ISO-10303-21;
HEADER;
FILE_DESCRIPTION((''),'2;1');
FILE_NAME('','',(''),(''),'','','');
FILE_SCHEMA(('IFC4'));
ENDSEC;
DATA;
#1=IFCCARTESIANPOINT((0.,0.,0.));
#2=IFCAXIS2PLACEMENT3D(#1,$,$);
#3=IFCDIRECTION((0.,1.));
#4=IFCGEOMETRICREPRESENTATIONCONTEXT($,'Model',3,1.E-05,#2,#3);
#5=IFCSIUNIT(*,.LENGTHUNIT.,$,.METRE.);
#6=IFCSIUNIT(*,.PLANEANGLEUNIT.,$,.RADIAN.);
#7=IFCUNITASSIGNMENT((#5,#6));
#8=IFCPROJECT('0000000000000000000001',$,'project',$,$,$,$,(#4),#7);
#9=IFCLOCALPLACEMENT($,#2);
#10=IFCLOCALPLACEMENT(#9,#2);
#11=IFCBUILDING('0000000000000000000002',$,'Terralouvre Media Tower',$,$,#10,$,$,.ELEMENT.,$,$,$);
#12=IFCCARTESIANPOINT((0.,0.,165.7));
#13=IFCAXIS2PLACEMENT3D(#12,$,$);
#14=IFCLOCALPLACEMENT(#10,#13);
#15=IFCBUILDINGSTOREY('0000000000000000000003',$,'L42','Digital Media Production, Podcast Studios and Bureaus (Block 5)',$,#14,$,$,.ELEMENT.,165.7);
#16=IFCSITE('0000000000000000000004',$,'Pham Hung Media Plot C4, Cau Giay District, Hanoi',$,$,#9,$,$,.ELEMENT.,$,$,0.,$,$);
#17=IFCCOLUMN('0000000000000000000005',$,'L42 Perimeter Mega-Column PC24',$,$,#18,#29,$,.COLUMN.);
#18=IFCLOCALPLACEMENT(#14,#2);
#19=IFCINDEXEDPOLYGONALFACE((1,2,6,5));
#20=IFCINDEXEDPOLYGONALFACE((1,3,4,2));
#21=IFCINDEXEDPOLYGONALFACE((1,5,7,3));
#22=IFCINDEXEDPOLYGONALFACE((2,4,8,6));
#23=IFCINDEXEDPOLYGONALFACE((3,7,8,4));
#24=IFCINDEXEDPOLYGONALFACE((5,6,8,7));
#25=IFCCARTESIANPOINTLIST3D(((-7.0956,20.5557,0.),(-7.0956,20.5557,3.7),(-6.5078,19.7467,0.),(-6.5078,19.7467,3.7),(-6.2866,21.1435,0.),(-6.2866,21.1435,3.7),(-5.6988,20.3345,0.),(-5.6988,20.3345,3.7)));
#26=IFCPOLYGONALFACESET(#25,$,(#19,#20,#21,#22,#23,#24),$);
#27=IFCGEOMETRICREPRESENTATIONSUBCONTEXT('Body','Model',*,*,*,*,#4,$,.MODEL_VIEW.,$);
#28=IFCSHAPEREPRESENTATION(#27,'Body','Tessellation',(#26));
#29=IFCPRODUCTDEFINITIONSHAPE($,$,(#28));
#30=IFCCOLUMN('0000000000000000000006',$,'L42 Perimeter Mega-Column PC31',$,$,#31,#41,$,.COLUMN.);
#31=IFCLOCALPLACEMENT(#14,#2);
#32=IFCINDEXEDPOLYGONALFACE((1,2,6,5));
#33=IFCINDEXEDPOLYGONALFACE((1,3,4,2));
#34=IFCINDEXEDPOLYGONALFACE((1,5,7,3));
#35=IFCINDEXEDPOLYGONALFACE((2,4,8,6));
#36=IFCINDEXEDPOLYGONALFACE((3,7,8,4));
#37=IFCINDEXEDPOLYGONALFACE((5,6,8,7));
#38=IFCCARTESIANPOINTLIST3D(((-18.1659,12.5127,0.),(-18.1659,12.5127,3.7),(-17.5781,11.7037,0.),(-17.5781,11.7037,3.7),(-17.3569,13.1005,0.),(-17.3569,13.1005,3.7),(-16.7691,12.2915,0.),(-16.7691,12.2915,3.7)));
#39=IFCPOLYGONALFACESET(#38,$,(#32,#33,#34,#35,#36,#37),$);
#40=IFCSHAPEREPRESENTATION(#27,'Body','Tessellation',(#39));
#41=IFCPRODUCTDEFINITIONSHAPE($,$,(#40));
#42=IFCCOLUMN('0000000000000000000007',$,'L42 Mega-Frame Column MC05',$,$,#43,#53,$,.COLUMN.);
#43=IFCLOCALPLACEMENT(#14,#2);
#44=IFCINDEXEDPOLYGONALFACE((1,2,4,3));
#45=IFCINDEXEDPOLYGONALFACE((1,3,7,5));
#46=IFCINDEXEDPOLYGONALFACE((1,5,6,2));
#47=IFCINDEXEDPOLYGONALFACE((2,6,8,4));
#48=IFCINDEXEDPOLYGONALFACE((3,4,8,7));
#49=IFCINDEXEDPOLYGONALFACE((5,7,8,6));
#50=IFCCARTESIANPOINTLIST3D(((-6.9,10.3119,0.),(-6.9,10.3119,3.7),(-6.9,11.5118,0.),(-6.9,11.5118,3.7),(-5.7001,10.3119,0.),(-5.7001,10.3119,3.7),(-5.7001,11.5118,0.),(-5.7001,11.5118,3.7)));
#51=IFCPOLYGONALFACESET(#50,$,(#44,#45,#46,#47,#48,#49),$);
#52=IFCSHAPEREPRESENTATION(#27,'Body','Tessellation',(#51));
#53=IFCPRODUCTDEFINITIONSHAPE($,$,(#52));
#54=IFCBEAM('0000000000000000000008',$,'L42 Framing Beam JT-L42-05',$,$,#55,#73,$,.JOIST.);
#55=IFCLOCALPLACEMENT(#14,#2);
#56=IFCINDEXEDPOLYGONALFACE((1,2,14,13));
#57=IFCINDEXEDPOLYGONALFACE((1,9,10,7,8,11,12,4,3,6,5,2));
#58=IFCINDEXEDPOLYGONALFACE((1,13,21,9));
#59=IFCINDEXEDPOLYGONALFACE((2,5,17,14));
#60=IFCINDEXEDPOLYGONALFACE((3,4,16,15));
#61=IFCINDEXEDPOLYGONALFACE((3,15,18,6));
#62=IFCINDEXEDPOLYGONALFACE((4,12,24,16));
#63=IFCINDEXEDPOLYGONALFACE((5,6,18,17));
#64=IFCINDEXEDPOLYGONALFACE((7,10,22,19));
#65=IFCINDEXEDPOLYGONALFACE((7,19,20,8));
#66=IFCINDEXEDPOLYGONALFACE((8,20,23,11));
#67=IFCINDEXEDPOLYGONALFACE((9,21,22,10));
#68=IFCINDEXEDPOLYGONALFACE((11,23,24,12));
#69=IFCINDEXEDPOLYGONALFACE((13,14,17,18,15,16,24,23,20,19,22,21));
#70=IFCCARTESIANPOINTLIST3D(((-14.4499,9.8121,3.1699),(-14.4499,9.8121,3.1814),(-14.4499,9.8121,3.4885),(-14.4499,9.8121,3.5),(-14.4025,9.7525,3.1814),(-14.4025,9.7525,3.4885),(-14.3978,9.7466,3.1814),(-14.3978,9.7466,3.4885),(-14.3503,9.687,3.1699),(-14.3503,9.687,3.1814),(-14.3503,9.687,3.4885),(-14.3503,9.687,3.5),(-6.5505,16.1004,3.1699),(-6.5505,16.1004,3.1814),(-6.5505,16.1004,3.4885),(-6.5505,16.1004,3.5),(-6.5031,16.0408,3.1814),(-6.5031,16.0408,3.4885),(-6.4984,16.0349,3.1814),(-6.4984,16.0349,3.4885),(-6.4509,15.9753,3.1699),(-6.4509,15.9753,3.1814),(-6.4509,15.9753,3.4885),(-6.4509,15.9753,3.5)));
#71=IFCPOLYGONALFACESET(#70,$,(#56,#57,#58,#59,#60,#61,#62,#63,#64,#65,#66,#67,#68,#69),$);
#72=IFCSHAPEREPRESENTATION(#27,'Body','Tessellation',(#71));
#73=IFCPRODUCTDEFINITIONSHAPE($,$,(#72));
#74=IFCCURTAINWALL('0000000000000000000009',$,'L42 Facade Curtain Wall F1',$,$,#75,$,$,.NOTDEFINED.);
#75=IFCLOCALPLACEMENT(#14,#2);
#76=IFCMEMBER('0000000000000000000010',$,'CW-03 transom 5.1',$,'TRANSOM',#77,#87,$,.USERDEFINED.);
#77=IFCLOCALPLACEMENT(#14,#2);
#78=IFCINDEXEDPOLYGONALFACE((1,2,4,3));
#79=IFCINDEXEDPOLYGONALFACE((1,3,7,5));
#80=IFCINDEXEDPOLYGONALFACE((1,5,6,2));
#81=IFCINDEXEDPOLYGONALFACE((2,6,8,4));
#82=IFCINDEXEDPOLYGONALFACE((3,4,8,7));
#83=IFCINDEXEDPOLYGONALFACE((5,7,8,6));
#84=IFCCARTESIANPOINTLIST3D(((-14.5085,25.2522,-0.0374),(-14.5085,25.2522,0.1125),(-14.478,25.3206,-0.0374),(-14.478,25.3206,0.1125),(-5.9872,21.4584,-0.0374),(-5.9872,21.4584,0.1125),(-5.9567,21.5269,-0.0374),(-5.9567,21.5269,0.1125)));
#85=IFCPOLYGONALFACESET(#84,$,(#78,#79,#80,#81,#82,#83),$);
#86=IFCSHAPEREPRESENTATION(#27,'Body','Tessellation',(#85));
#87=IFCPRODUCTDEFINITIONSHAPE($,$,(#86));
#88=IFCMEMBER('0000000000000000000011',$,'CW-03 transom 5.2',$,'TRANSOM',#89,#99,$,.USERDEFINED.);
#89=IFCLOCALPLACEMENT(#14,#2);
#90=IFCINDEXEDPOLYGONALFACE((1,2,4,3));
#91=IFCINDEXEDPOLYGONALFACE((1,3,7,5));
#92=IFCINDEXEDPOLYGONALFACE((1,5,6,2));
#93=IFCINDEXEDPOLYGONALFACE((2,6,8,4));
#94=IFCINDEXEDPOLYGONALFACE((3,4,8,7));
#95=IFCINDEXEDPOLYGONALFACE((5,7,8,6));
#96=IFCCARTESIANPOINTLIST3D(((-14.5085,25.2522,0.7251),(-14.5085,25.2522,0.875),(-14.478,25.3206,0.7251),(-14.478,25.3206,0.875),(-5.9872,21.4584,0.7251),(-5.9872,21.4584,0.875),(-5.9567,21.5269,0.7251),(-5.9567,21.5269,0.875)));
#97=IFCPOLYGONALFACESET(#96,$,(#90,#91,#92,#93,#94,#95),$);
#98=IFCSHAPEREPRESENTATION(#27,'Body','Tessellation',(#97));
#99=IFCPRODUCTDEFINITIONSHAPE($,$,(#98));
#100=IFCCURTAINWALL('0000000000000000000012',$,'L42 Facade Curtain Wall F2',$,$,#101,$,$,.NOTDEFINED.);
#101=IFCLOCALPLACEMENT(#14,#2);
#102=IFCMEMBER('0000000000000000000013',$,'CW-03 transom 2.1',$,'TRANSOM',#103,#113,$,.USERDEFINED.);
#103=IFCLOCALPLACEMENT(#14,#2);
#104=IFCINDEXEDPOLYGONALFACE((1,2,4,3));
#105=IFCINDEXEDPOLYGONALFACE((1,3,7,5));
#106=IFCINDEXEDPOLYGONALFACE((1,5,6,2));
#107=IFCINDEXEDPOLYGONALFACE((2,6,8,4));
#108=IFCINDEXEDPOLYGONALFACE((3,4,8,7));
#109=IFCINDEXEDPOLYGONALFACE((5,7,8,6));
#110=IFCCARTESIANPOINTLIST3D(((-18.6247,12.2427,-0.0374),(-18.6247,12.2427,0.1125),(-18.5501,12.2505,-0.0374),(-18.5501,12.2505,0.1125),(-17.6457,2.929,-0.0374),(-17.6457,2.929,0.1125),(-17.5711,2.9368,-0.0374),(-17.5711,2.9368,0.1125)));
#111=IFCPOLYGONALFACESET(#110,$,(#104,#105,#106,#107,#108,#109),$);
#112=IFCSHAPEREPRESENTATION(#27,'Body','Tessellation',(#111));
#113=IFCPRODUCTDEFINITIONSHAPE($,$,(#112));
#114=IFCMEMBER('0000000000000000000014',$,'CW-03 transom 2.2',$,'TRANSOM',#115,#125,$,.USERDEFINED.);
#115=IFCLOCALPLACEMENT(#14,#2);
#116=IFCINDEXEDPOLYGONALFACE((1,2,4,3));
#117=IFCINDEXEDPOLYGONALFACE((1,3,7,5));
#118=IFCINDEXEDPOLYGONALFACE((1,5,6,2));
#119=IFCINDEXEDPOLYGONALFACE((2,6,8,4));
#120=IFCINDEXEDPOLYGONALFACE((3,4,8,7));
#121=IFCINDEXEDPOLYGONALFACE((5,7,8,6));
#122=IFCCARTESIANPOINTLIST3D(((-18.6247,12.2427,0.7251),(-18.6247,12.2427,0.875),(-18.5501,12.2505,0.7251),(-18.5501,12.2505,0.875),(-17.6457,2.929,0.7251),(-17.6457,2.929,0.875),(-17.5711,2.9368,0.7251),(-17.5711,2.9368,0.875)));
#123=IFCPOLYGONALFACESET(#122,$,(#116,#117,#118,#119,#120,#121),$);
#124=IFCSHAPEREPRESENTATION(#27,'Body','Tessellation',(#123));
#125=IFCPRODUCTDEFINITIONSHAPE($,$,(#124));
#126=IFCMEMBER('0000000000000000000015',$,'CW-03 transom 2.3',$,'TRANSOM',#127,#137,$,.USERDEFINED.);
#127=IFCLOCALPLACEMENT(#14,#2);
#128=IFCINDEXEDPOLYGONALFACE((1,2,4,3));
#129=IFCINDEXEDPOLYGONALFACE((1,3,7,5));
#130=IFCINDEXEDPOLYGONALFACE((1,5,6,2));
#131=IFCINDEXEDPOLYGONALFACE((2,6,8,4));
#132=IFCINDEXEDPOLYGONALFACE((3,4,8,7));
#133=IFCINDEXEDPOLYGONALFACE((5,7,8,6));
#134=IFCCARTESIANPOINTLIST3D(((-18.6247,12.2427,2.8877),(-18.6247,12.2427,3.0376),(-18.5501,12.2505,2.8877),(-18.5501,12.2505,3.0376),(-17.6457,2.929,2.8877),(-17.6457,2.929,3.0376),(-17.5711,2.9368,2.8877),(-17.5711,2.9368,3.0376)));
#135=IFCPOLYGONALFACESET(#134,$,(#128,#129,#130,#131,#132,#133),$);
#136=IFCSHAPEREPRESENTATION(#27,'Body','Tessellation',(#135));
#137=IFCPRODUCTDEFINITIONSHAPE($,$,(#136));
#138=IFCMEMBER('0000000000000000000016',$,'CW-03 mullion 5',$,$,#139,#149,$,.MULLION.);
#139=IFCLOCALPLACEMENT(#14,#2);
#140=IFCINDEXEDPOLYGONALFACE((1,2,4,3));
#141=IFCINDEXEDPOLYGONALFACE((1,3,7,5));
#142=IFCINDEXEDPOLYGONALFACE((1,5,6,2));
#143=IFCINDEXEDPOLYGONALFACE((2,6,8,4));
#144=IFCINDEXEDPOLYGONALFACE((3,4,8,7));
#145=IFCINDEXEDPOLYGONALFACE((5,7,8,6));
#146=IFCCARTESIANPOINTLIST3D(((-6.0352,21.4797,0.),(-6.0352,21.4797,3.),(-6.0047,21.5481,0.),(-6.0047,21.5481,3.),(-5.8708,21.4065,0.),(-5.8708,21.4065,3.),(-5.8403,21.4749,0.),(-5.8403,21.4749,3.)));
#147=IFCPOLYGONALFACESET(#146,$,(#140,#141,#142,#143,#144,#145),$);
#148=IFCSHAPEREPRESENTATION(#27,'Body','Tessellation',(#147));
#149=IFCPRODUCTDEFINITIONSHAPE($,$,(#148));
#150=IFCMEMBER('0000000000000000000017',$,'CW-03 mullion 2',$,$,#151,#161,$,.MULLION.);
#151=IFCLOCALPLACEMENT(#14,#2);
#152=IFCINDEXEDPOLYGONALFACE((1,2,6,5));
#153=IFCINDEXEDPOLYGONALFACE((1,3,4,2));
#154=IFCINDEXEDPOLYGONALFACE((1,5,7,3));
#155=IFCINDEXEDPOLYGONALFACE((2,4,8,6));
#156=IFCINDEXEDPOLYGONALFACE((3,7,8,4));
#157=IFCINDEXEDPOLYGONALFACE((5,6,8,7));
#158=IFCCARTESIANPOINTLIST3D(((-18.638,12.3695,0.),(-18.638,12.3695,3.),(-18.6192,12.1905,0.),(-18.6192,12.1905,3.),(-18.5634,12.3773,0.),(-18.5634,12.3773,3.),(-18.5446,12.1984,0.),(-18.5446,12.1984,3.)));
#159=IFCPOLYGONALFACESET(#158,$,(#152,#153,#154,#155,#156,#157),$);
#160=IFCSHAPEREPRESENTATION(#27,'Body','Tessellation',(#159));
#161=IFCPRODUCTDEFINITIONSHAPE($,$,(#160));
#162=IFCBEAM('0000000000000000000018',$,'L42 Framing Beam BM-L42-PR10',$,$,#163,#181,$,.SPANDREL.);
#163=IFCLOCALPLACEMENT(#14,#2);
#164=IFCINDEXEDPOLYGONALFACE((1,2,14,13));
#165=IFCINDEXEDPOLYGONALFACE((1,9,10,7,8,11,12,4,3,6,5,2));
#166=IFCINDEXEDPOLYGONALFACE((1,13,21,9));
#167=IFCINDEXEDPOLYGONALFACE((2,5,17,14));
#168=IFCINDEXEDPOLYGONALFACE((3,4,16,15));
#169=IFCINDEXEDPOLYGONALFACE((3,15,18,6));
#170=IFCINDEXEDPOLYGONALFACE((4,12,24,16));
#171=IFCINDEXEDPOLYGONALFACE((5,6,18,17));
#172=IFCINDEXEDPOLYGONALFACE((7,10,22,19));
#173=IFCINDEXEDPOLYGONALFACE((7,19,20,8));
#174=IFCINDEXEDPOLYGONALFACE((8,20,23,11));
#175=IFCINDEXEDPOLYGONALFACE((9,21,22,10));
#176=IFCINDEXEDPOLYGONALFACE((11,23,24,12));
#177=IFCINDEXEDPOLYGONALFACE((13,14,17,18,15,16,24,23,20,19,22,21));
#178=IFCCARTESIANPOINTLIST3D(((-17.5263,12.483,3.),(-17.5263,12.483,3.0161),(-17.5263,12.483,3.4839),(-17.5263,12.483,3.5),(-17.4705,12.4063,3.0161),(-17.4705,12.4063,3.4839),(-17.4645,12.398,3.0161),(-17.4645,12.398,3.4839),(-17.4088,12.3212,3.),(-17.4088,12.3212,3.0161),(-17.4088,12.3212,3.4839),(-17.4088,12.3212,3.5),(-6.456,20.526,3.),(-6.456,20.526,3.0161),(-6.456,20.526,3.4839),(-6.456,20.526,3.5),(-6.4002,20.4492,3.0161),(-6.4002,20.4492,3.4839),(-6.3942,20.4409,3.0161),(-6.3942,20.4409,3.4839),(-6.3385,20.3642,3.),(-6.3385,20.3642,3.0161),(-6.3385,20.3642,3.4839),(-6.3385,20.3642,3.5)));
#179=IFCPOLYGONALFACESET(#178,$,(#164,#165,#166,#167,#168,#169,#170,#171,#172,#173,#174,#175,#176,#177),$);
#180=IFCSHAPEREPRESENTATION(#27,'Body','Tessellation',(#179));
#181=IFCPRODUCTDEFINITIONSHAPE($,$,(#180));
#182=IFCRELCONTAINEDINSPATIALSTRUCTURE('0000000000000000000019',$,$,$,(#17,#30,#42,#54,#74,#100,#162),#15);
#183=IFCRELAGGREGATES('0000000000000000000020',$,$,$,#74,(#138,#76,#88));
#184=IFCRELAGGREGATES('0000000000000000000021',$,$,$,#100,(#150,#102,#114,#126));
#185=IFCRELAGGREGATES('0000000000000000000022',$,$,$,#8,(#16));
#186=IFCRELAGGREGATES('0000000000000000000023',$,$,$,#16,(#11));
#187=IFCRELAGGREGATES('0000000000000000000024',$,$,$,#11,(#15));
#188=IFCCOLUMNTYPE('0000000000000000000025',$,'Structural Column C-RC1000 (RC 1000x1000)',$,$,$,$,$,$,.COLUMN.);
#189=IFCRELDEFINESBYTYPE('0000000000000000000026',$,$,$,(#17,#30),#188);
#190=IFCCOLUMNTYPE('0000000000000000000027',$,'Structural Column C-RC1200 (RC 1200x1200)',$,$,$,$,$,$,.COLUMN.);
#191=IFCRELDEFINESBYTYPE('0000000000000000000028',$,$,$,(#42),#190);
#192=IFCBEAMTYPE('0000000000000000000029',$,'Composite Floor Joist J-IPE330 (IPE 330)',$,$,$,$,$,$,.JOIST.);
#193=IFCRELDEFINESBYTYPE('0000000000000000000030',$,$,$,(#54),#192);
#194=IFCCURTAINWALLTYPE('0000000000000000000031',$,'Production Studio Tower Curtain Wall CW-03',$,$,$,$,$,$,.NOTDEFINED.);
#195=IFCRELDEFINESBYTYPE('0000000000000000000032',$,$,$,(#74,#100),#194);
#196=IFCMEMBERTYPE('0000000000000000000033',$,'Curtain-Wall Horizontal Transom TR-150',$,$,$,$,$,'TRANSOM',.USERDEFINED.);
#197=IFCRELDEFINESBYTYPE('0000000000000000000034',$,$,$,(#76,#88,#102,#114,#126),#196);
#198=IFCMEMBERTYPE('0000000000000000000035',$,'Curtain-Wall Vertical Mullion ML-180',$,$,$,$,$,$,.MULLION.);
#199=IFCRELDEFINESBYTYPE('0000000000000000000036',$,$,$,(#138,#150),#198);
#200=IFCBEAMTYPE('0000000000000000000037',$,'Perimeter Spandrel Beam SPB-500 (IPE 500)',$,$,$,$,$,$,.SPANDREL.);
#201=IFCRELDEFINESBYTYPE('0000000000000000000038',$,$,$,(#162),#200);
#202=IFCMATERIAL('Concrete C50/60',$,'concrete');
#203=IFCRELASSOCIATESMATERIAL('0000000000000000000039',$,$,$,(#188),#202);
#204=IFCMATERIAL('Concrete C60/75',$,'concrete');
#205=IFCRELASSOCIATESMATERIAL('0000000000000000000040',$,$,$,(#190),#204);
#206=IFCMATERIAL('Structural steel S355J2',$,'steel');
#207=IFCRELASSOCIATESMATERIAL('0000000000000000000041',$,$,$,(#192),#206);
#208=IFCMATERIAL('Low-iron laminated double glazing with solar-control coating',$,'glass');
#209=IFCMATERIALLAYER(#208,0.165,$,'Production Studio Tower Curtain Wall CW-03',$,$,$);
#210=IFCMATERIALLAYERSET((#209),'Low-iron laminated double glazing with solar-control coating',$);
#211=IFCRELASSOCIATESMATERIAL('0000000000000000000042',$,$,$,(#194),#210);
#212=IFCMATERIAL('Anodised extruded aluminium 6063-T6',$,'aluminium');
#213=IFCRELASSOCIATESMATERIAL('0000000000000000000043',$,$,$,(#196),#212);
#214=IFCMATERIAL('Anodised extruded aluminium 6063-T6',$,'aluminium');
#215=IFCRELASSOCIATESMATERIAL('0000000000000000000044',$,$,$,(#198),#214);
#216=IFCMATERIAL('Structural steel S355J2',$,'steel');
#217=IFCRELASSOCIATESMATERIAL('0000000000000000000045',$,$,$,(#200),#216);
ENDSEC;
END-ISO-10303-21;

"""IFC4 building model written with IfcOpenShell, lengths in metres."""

from ifc_helpers import new_model, si_unit, direction, frame, origin, origin_2d, place, context, subcontext, project, spatial, rectangle, i_section, extrude, material, layer, layer_set, material_profile, profile_set, type_object, element, aggregate, save


model = new_model("IFC4")

# Units and contexts
model_context = context("Model", 3, precision=1e-05, world=origin(), true_north=direction((0.0, 1.0)))
body_context = subcontext(model_context, "Body", "Model", "MODEL_VIEW")
ifc_project = project(units=[si_unit("LENGTHUNIT", "METRE"), si_unit("PLANEANGLEUNIT", "RADIAN")], contexts=[model_context])

# Site, building, storey
site_placement = place(None, origin())
site = spatial("IfcSite", under=ifc_project, at=site_placement, Name="Pham Hung Media Plot C4, Cau Giay District, Hanoi", CompositionType="ELEMENT", RefElevation=0.0)
building_placement = place(site_placement, origin())
building = spatial("IfcBuilding", under=site, at=building_placement, Name="Terralouvre Media Tower", CompositionType="ELEMENT")
storey_placement = place(building_placement, frame((0.0, 0.0, 165.7)))
storey = spatial("IfcBuildingStorey", under=building, at=storey_placement, Name="L42", Description="Digital Media Production, Podcast Studios and Bureaus (Block 5)", CompositionType="ELEMENT", Elevation=165.7)

# Columns
ifc_material_1 = material(Name="Concrete C50/60", Category="concrete")
ifc_material_profile_1 = material_profile(ifc_material_1, rectangle(XDim=1.0, YDim=1.0, at=origin_2d()), Name="RC 1000x1000")
ifc_profile_set_1 = profile_set([ifc_material_profile_1], Name="Concrete C50/60")
column_type_1 = type_object("IfcColumnType", Name="Structural Column C-RC1000 (RC 1000x1000)", PredefinedType="COLUMN", material=ifc_profile_set_1)
for number, where, z_axis, x_axis, name in (
    (1, (-6.3972, 20.4451, 0.0), (0.0, 0.0, 1.0), (0.809017, 0.587785, 0.0), "L42 Perimeter Mega-Column PC24"),
    (2, (-17.4675, 12.4021, 0.0), (0.0, 0.0, 1.0), (0.809017, 0.587785, 0.0), "L42 Perimeter Mega-Column PC31"),
):
    element("IfcColumn", number, at=place(storey_placement, frame(where, z_axis=z_axis, x_axis=x_axis)), inside=storey, type_object=column_type_1, Name=name, PredefinedType="COLUMN", context=body_context, shape_type="SweptSolid", body=[
        extrude(rectangle(XDim=1.0, YDim=1.0, at=origin_2d()), origin(), (0.0, 0.0, 1.0), 3.7),
    ])
ifc_material_2 = material(Name="Concrete C60/75", Category="concrete")
ifc_material_profile_2 = material_profile(ifc_material_2, rectangle(XDim=1.2, YDim=1.2, at=origin_2d()), Name="RC 1200x1200")
ifc_profile_set_2 = profile_set([ifc_material_profile_2], Name="Concrete C60/75")
column_type_2 = type_object("IfcColumnType", Name="Structural Column C-RC1200 (RC 1200x1200)", PredefinedType="COLUMN", material=ifc_profile_set_2)
column_placement = place(storey_placement, frame((-6.3, 10.9119, 0.0), z_axis=(0.0, 0.0, 1.0), x_axis=(1.0, 0.0, 0.0)))
element("IfcColumn", 3, at=column_placement, inside=storey, type_object=column_type_2, Name="L42 Mega-Frame Column MC05", PredefinedType="COLUMN", context=body_context, shape_type="SweptSolid", body=[
    extrude(rectangle(XDim=1.2, YDim=1.2, at=origin_2d()), origin(), (0.0, 0.0, 1.0), 3.7),
])

# Beam
ifc_material_3 = material(Name="Structural steel S355J2", Category="steel")
ifc_material_profile_3 = material_profile(ifc_material_3, i_section(OverallWidth=0.1599, OverallDepth=0.3301, WebThickness=0.0076, FlangeThickness=0.0115, at=origin_2d()), Name="IPE 330")
ifc_profile_set_3 = profile_set([ifc_material_profile_3], Name="Structural steel S355J2")
beam_type_1 = type_object("IfcBeamType", Name="Composite Floor Joist J-IPE330 (IPE 330)", PredefinedType="JOIST", material=ifc_profile_set_3)
beam_1_placement = place(storey_placement, frame((-6.5007, 16.0378, 3.335), z_axis=(-0.782374, -0.622809, 0.0), x_axis=(0.622809, -0.782374, 0.0)))
element("IfcBeam", 4, at=beam_1_placement, inside=storey, type_object=beam_type_1, Name="L42 Framing Beam JT-L42-05", PredefinedType="JOIST", context=body_context, shape_type="SweptSolid", body=[
    extrude(i_section(OverallWidth=0.1599, OverallDepth=0.3301, WebThickness=0.0076, FlangeThickness=0.0115, at=origin_2d()), origin(), (0.0, 0.0, 1.0), 10.0967),
])

# Curtain walls, members
ifc_material_4 = material(Name="Low-iron laminated double glazing with solar-control coating", Category="glass")
ifc_layer_1 = layer(ifc_material_4, 0.165, Name="Production Studio Tower Curtain Wall CW-03")
ifc_layer_set_1 = layer_set([ifc_layer_1], Name="Low-iron laminated double glazing with solar-control coating")
curtain_wall_type = type_object("IfcCurtainWallType", Name="Production Studio Tower Curtain Wall CW-03", PredefinedType="NOTDEFINED", material=ifc_layer_set_1)
curtain_wall_1_placement = place(storey_placement, origin())
curtain_wall_1 = element("IfcCurtainWall", 5, at=curtain_wall_1_placement, inside=storey, type_object=curtain_wall_type, Name="L42 Facade Curtain Wall F1", PredefinedType="NOTDEFINED")
ifc_material_5 = material(Name="Anodised extruded aluminium 6063-T6", Category="aluminium")
ifc_material_profile_4 = material_profile(ifc_material_5, rectangle(XDim=0.075, YDim=0.1499, at=origin_2d()), Name="ALU 75x150")
ifc_profile_set_4 = profile_set([ifc_material_profile_4], Name="Anodised extruded aluminium 6063-T6")
member_type_1 = type_object("IfcMemberType", Name="Curtain-Wall Horizontal Transom TR-150", ElementType="TRANSOM", PredefinedType="USERDEFINED", material=ifc_profile_set_4)
member_1_placement = place(storey_placement, frame((-5.9719, 21.4927, 0.0376), z_axis=(-0.913553, 0.406719, 0.0), x_axis=(-0.406719, -0.913553, 0.0)))
member_1 = element("IfcMember", 6, at=member_1_placement, type_object=member_type_1, Name="CW-03 transom 5.1", ObjectType="TRANSOM", PredefinedType="USERDEFINED", context=body_context, shape_type="SweptSolid", body=[
    extrude(rectangle(XDim=0.075, YDim=0.1499, at=origin_2d()), origin(), (0.0, 0.0, 1.0), 9.3276),
])
member_2_placement = place(storey_placement, frame((-5.9719, 21.4927, 0.8), z_axis=(-0.913553, 0.406719, 0.0), x_axis=(-0.406719, -0.913553, 0.0)))
member_2 = element("IfcMember", 7, at=member_2_placement, type_object=member_type_1, Name="CW-03 transom 5.2", ObjectType="TRANSOM", PredefinedType="USERDEFINED", context=body_context, shape_type="SweptSolid", body=[
    extrude(rectangle(XDim=0.075, YDim=0.1499, at=origin_2d()), origin(), (0.0, 0.0, 1.0), 9.3276),
])
curtain_wall_2_placement = place(storey_placement, origin())
curtain_wall_2 = element("IfcCurtainWall", 8, at=curtain_wall_2_placement, inside=storey, type_object=curtain_wall_type, Name="L42 Facade Curtain Wall F2", PredefinedType="NOTDEFINED")
member_3_placement = place(storey_placement, frame((-18.5874, 12.2466, 0.0376), z_axis=(0.104538, -0.994521, 0.0), x_axis=(0.994521, 0.104538, 0.0)))
member_3 = element("IfcMember", 9, at=member_3_placement, type_object=member_type_1, Name="CW-03 transom 2.1", ObjectType="TRANSOM", PredefinedType="USERDEFINED", context=body_context, shape_type="SweptSolid", body=[
    extrude(rectangle(XDim=0.075, YDim=0.1499, at=origin_2d()), origin(), (0.0, 0.0, 1.0), 9.365),
])
member_4_placement = place(storey_placement, frame((-18.5874, 12.2466, 0.8), z_axis=(0.104538, -0.994521, 0.0), x_axis=(0.994521, 0.104538, 0.0)))
member_4 = element("IfcMember", 10, at=member_4_placement, type_object=member_type_1, Name="CW-03 transom 2.2", ObjectType="TRANSOM", PredefinedType="USERDEFINED", context=body_context, shape_type="SweptSolid", body=[
    extrude(rectangle(XDim=0.075, YDim=0.1499, at=origin_2d()), origin(), (0.0, 0.0, 1.0), 9.365),
])
member_5_placement = place(storey_placement, frame((-18.5874, 12.2466, 2.9626), z_axis=(0.104538, -0.994521, 0.0), x_axis=(0.994521, 0.104538, 0.0)))
member_5 = element("IfcMember", 11, at=member_5_placement, type_object=member_type_1, Name="CW-03 transom 2.3", ObjectType="TRANSOM", PredefinedType="USERDEFINED", context=body_context, shape_type="SweptSolid", body=[
    extrude(rectangle(XDim=0.075, YDim=0.1499, at=origin_2d()), origin(), (0.0, 0.0, 1.0), 9.365),
])

# Members
ifc_material_6 = material(Name="Anodised extruded aluminium 6063-T6", Category="aluminium")
ifc_material_profile_5 = material_profile(ifc_material_6, rectangle(XDim=0.075, YDim=0.1799, at=origin_2d()), Name="ALU 75x180")
ifc_profile_set_5 = profile_set([ifc_material_profile_5], Name="Anodised extruded aluminium 6063-T6")
member_type_2 = type_object("IfcMemberType", Name="Curtain-Wall Vertical Mullion ML-180", PredefinedType="MULLION", material=ifc_profile_set_5)
member_6_placement = place(storey_placement, frame((-5.9377, 21.4773, 0.0), z_axis=(0.0, 0.0, 1.0), x_axis=(-0.406737, -0.913545, 0.0)))
member_6 = element("IfcMember", 12, at=member_6_placement, type_object=member_type_2, Name="CW-03 mullion 5", PredefinedType="MULLION", context=body_context, shape_type="SweptSolid", body=[
    extrude(rectangle(XDim=0.075, YDim=0.1799, at=origin_2d()), origin(), (0.0, 0.0, 1.0), 3.0),
])
aggregate(curtain_wall_1, [member_6, member_1, member_2])
member_7_placement = place(storey_placement, frame((-18.5913, 12.2839, 0.0), z_axis=(0.0, 0.0, 1.0), x_axis=(0.994522, 0.104528, 0.0)))
member_7 = element("IfcMember", 13, at=member_7_placement, type_object=member_type_2, Name="CW-03 mullion 2", PredefinedType="MULLION", context=body_context, shape_type="SweptSolid", body=[
    extrude(rectangle(XDim=0.075, YDim=0.1799, at=origin_2d()), origin(), (0.0, 0.0, 1.0), 3.0),
])

# Beam
ifc_material_7 = material(Name="Structural steel S355J2", Category="steel")
ifc_material_profile_6 = material_profile(ifc_material_7, i_section(OverallWidth=0.2, OverallDepth=0.5, WebThickness=0.0103, FlangeThickness=0.0161, at=origin_2d()), Name="IPE 500")
ifc_profile_set_6 = profile_set([ifc_material_profile_6], Name="Structural steel S355J2")
beam_type_2 = type_object("IfcBeamType", Name="Perimeter Spandrel Beam SPB-500 (IPE 500)", PredefinedType="SPANDREL", material=ifc_profile_set_6)
beam_2_placement = place(storey_placement, frame((-6.3972, 20.4451, 3.25), z_axis=(-0.80902, -0.587781, 0.0), x_axis=(0.587781, -0.80902, 0.0)))
element("IfcBeam", 14, at=beam_2_placement, inside=storey, type_object=beam_type_2, Name="L42 Framing Beam BM-L42-PR10", PredefinedType="SPANDREL", context=body_context, shape_type="SweptSolid", body=[
    extrude(i_section(OverallWidth=0.2, OverallDepth=0.5, WebThickness=0.0103, FlangeThickness=0.0161, at=origin_2d()), origin(), (0.0, 0.0, 1.0), 13.6836),
])

aggregate(curtain_wall_2, [member_7, member_3, member_4, member_5])

save(model, "model.ifc")
